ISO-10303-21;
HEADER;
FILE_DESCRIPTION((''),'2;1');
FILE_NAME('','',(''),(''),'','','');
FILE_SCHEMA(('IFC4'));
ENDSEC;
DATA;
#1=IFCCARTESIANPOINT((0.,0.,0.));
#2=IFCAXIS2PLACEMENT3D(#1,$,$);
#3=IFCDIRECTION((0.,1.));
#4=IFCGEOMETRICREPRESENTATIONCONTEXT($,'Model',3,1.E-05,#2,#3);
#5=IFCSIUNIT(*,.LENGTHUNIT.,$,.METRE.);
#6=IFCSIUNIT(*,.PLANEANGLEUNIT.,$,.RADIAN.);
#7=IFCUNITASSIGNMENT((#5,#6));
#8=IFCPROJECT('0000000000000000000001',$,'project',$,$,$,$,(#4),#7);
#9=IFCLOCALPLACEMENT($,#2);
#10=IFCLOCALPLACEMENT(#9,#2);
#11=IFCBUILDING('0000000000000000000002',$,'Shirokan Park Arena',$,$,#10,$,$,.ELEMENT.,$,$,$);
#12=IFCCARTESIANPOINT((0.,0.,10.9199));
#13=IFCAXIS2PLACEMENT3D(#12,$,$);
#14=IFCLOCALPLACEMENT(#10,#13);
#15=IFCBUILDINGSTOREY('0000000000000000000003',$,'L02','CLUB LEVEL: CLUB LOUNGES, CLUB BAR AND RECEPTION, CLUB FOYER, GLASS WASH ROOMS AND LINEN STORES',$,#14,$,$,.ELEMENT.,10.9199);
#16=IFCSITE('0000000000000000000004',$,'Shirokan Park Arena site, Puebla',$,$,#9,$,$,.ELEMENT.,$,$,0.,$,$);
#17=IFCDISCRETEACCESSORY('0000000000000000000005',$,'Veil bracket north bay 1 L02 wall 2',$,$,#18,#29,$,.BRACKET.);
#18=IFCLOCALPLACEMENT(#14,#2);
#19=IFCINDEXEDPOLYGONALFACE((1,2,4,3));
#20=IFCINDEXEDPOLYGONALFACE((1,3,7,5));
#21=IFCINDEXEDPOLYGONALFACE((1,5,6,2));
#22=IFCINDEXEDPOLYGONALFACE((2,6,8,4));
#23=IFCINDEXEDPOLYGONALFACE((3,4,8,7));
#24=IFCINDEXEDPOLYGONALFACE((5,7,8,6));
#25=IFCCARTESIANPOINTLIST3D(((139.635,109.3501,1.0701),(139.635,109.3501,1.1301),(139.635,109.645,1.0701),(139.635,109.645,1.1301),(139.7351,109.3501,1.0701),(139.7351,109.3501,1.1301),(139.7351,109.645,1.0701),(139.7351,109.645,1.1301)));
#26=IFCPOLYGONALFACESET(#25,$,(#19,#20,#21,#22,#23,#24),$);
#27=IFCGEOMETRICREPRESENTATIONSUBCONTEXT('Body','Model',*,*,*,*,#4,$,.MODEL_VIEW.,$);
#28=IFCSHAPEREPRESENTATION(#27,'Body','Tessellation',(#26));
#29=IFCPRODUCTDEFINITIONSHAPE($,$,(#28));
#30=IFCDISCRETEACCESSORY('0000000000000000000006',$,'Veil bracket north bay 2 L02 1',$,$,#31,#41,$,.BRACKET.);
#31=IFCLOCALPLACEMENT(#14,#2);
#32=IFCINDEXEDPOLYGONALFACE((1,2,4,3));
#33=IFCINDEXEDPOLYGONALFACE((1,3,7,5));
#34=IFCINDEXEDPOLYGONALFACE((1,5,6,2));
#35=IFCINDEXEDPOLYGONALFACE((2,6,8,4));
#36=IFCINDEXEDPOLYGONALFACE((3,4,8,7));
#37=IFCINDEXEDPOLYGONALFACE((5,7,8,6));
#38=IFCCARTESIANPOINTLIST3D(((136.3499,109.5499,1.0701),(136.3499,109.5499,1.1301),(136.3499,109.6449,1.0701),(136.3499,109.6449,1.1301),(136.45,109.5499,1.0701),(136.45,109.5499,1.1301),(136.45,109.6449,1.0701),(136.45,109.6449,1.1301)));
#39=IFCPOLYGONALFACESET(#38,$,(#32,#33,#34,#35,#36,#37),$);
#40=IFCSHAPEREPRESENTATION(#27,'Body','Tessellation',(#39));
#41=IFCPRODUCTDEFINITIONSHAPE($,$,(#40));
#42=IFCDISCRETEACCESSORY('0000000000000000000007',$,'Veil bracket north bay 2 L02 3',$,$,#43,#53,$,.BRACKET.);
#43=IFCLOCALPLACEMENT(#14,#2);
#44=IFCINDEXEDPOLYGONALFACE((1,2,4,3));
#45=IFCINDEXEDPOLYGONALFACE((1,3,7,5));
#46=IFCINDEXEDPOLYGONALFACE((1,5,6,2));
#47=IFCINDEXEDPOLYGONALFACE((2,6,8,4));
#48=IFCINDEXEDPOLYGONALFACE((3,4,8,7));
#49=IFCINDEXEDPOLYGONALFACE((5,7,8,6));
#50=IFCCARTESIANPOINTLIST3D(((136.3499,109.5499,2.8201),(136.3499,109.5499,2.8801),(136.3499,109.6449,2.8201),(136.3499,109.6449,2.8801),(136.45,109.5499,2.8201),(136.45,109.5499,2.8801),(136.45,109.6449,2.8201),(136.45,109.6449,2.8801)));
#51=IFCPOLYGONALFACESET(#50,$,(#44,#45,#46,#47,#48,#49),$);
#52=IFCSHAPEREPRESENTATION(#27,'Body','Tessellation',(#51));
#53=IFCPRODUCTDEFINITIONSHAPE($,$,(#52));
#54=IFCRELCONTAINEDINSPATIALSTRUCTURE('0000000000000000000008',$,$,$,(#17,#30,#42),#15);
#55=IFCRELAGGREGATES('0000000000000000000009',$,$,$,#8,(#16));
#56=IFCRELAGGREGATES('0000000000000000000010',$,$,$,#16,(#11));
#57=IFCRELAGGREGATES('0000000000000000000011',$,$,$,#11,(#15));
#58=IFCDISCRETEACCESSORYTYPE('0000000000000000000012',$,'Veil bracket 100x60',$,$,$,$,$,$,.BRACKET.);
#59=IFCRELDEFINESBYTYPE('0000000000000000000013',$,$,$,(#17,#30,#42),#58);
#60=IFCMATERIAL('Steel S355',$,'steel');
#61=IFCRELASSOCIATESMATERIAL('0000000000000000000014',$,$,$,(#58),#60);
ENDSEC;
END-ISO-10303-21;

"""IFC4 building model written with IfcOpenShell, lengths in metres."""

from ifc_helpers import new_model, si_unit, direction, frame, origin, origin_2d, place, context, subcontext, project, spatial, rectangle, extrude, material, type_object, element, save


model = new_model("IFC4")

# Units and contexts
model_context = context("Model", 3, precision=1e-05, world=origin(), true_north=direction((0.0, 1.0)))
body_context = subcontext(model_context, "Body", "Model", "MODEL_VIEW")
ifc_project = project(units=[si_unit("LENGTHUNIT", "METRE"), si_unit("PLANEANGLEUNIT", "RADIAN")], contexts=[model_context])

# Site, building, storey
site_placement = place(None, origin())
site = spatial("IfcSite", under=ifc_project, at=site_placement, Name="Shirokan Park Arena site, Puebla", CompositionType="ELEMENT", RefElevation=0.0)
building_placement = place(site_placement, origin())
building = spatial("IfcBuilding", under=site, at=building_placement, Name="Shirokan Park Arena", CompositionType="ELEMENT")
storey_placement = place(building_placement, frame((0.0, 0.0, 10.9199)))
storey = spatial("IfcBuildingStorey", under=building, at=storey_placement, Name="L02", Description="CLUB LEVEL: CLUB LOUNGES, CLUB BAR AND RECEPTION, CLUB FOYER, GLASS WASH ROOMS AND LINEN STORES", CompositionType="ELEMENT", Elevation=10.9199)

# Discrete accessories
ifc_material_1 = material(Name="Steel S355", Category="steel")
discrete_accessory_type = type_object("IfcDiscreteAccessoryType", Name="Veil bracket 100x60", PredefinedType="BRACKET", material=ifc_material_1)
for number, where, z_axis, x_axis, name in (
    (1, (139.6851, 109.4976, 1.0701), (0.0, 0.0, 1.0), (-1.0, 0.0, 0.0), "Veil bracket north bay 1 L02 wall 2"),
):
    element("IfcDiscreteAccessory", number, at=place(storey_placement, frame(where, z_axis=z_axis, x_axis=x_axis)), inside=storey, type_object=discrete_accessory_type, Name=name, PredefinedType="BRACKET", context=body_context, shape_type="SweptSolid", body=[
        extrude(rectangle(XDim=0.1001, YDim=0.2949, at=origin_2d()), origin(), (0.0, 0.0, 1.0), 0.0601),
    ])
for number, where, z_axis, x_axis, name in (
    (2, (136.3999, 109.5974, 1.0701), (0.0, 0.0, 1.0), (-1.0, 0.0, 0.0), "Veil bracket north bay 2 L02 1"),
    (3, (136.3999, 109.5974, 2.8201), (0.0, 0.0, 1.0), (-1.0, 0.0, 0.0), "Veil bracket north bay 2 L02 3"),
):
    element("IfcDiscreteAccessory", number, at=place(storey_placement, frame(where, z_axis=z_axis, x_axis=x_axis)), inside=storey, type_object=discrete_accessory_type, Name=name, PredefinedType="BRACKET", context=body_context, shape_type="SweptSolid", body=[
        extrude(rectangle(XDim=0.1001, YDim=0.095, at=origin_2d()), origin(), (0.0, 0.0, 1.0), 0.0601),
    ])

save(model, "model.ifc")
